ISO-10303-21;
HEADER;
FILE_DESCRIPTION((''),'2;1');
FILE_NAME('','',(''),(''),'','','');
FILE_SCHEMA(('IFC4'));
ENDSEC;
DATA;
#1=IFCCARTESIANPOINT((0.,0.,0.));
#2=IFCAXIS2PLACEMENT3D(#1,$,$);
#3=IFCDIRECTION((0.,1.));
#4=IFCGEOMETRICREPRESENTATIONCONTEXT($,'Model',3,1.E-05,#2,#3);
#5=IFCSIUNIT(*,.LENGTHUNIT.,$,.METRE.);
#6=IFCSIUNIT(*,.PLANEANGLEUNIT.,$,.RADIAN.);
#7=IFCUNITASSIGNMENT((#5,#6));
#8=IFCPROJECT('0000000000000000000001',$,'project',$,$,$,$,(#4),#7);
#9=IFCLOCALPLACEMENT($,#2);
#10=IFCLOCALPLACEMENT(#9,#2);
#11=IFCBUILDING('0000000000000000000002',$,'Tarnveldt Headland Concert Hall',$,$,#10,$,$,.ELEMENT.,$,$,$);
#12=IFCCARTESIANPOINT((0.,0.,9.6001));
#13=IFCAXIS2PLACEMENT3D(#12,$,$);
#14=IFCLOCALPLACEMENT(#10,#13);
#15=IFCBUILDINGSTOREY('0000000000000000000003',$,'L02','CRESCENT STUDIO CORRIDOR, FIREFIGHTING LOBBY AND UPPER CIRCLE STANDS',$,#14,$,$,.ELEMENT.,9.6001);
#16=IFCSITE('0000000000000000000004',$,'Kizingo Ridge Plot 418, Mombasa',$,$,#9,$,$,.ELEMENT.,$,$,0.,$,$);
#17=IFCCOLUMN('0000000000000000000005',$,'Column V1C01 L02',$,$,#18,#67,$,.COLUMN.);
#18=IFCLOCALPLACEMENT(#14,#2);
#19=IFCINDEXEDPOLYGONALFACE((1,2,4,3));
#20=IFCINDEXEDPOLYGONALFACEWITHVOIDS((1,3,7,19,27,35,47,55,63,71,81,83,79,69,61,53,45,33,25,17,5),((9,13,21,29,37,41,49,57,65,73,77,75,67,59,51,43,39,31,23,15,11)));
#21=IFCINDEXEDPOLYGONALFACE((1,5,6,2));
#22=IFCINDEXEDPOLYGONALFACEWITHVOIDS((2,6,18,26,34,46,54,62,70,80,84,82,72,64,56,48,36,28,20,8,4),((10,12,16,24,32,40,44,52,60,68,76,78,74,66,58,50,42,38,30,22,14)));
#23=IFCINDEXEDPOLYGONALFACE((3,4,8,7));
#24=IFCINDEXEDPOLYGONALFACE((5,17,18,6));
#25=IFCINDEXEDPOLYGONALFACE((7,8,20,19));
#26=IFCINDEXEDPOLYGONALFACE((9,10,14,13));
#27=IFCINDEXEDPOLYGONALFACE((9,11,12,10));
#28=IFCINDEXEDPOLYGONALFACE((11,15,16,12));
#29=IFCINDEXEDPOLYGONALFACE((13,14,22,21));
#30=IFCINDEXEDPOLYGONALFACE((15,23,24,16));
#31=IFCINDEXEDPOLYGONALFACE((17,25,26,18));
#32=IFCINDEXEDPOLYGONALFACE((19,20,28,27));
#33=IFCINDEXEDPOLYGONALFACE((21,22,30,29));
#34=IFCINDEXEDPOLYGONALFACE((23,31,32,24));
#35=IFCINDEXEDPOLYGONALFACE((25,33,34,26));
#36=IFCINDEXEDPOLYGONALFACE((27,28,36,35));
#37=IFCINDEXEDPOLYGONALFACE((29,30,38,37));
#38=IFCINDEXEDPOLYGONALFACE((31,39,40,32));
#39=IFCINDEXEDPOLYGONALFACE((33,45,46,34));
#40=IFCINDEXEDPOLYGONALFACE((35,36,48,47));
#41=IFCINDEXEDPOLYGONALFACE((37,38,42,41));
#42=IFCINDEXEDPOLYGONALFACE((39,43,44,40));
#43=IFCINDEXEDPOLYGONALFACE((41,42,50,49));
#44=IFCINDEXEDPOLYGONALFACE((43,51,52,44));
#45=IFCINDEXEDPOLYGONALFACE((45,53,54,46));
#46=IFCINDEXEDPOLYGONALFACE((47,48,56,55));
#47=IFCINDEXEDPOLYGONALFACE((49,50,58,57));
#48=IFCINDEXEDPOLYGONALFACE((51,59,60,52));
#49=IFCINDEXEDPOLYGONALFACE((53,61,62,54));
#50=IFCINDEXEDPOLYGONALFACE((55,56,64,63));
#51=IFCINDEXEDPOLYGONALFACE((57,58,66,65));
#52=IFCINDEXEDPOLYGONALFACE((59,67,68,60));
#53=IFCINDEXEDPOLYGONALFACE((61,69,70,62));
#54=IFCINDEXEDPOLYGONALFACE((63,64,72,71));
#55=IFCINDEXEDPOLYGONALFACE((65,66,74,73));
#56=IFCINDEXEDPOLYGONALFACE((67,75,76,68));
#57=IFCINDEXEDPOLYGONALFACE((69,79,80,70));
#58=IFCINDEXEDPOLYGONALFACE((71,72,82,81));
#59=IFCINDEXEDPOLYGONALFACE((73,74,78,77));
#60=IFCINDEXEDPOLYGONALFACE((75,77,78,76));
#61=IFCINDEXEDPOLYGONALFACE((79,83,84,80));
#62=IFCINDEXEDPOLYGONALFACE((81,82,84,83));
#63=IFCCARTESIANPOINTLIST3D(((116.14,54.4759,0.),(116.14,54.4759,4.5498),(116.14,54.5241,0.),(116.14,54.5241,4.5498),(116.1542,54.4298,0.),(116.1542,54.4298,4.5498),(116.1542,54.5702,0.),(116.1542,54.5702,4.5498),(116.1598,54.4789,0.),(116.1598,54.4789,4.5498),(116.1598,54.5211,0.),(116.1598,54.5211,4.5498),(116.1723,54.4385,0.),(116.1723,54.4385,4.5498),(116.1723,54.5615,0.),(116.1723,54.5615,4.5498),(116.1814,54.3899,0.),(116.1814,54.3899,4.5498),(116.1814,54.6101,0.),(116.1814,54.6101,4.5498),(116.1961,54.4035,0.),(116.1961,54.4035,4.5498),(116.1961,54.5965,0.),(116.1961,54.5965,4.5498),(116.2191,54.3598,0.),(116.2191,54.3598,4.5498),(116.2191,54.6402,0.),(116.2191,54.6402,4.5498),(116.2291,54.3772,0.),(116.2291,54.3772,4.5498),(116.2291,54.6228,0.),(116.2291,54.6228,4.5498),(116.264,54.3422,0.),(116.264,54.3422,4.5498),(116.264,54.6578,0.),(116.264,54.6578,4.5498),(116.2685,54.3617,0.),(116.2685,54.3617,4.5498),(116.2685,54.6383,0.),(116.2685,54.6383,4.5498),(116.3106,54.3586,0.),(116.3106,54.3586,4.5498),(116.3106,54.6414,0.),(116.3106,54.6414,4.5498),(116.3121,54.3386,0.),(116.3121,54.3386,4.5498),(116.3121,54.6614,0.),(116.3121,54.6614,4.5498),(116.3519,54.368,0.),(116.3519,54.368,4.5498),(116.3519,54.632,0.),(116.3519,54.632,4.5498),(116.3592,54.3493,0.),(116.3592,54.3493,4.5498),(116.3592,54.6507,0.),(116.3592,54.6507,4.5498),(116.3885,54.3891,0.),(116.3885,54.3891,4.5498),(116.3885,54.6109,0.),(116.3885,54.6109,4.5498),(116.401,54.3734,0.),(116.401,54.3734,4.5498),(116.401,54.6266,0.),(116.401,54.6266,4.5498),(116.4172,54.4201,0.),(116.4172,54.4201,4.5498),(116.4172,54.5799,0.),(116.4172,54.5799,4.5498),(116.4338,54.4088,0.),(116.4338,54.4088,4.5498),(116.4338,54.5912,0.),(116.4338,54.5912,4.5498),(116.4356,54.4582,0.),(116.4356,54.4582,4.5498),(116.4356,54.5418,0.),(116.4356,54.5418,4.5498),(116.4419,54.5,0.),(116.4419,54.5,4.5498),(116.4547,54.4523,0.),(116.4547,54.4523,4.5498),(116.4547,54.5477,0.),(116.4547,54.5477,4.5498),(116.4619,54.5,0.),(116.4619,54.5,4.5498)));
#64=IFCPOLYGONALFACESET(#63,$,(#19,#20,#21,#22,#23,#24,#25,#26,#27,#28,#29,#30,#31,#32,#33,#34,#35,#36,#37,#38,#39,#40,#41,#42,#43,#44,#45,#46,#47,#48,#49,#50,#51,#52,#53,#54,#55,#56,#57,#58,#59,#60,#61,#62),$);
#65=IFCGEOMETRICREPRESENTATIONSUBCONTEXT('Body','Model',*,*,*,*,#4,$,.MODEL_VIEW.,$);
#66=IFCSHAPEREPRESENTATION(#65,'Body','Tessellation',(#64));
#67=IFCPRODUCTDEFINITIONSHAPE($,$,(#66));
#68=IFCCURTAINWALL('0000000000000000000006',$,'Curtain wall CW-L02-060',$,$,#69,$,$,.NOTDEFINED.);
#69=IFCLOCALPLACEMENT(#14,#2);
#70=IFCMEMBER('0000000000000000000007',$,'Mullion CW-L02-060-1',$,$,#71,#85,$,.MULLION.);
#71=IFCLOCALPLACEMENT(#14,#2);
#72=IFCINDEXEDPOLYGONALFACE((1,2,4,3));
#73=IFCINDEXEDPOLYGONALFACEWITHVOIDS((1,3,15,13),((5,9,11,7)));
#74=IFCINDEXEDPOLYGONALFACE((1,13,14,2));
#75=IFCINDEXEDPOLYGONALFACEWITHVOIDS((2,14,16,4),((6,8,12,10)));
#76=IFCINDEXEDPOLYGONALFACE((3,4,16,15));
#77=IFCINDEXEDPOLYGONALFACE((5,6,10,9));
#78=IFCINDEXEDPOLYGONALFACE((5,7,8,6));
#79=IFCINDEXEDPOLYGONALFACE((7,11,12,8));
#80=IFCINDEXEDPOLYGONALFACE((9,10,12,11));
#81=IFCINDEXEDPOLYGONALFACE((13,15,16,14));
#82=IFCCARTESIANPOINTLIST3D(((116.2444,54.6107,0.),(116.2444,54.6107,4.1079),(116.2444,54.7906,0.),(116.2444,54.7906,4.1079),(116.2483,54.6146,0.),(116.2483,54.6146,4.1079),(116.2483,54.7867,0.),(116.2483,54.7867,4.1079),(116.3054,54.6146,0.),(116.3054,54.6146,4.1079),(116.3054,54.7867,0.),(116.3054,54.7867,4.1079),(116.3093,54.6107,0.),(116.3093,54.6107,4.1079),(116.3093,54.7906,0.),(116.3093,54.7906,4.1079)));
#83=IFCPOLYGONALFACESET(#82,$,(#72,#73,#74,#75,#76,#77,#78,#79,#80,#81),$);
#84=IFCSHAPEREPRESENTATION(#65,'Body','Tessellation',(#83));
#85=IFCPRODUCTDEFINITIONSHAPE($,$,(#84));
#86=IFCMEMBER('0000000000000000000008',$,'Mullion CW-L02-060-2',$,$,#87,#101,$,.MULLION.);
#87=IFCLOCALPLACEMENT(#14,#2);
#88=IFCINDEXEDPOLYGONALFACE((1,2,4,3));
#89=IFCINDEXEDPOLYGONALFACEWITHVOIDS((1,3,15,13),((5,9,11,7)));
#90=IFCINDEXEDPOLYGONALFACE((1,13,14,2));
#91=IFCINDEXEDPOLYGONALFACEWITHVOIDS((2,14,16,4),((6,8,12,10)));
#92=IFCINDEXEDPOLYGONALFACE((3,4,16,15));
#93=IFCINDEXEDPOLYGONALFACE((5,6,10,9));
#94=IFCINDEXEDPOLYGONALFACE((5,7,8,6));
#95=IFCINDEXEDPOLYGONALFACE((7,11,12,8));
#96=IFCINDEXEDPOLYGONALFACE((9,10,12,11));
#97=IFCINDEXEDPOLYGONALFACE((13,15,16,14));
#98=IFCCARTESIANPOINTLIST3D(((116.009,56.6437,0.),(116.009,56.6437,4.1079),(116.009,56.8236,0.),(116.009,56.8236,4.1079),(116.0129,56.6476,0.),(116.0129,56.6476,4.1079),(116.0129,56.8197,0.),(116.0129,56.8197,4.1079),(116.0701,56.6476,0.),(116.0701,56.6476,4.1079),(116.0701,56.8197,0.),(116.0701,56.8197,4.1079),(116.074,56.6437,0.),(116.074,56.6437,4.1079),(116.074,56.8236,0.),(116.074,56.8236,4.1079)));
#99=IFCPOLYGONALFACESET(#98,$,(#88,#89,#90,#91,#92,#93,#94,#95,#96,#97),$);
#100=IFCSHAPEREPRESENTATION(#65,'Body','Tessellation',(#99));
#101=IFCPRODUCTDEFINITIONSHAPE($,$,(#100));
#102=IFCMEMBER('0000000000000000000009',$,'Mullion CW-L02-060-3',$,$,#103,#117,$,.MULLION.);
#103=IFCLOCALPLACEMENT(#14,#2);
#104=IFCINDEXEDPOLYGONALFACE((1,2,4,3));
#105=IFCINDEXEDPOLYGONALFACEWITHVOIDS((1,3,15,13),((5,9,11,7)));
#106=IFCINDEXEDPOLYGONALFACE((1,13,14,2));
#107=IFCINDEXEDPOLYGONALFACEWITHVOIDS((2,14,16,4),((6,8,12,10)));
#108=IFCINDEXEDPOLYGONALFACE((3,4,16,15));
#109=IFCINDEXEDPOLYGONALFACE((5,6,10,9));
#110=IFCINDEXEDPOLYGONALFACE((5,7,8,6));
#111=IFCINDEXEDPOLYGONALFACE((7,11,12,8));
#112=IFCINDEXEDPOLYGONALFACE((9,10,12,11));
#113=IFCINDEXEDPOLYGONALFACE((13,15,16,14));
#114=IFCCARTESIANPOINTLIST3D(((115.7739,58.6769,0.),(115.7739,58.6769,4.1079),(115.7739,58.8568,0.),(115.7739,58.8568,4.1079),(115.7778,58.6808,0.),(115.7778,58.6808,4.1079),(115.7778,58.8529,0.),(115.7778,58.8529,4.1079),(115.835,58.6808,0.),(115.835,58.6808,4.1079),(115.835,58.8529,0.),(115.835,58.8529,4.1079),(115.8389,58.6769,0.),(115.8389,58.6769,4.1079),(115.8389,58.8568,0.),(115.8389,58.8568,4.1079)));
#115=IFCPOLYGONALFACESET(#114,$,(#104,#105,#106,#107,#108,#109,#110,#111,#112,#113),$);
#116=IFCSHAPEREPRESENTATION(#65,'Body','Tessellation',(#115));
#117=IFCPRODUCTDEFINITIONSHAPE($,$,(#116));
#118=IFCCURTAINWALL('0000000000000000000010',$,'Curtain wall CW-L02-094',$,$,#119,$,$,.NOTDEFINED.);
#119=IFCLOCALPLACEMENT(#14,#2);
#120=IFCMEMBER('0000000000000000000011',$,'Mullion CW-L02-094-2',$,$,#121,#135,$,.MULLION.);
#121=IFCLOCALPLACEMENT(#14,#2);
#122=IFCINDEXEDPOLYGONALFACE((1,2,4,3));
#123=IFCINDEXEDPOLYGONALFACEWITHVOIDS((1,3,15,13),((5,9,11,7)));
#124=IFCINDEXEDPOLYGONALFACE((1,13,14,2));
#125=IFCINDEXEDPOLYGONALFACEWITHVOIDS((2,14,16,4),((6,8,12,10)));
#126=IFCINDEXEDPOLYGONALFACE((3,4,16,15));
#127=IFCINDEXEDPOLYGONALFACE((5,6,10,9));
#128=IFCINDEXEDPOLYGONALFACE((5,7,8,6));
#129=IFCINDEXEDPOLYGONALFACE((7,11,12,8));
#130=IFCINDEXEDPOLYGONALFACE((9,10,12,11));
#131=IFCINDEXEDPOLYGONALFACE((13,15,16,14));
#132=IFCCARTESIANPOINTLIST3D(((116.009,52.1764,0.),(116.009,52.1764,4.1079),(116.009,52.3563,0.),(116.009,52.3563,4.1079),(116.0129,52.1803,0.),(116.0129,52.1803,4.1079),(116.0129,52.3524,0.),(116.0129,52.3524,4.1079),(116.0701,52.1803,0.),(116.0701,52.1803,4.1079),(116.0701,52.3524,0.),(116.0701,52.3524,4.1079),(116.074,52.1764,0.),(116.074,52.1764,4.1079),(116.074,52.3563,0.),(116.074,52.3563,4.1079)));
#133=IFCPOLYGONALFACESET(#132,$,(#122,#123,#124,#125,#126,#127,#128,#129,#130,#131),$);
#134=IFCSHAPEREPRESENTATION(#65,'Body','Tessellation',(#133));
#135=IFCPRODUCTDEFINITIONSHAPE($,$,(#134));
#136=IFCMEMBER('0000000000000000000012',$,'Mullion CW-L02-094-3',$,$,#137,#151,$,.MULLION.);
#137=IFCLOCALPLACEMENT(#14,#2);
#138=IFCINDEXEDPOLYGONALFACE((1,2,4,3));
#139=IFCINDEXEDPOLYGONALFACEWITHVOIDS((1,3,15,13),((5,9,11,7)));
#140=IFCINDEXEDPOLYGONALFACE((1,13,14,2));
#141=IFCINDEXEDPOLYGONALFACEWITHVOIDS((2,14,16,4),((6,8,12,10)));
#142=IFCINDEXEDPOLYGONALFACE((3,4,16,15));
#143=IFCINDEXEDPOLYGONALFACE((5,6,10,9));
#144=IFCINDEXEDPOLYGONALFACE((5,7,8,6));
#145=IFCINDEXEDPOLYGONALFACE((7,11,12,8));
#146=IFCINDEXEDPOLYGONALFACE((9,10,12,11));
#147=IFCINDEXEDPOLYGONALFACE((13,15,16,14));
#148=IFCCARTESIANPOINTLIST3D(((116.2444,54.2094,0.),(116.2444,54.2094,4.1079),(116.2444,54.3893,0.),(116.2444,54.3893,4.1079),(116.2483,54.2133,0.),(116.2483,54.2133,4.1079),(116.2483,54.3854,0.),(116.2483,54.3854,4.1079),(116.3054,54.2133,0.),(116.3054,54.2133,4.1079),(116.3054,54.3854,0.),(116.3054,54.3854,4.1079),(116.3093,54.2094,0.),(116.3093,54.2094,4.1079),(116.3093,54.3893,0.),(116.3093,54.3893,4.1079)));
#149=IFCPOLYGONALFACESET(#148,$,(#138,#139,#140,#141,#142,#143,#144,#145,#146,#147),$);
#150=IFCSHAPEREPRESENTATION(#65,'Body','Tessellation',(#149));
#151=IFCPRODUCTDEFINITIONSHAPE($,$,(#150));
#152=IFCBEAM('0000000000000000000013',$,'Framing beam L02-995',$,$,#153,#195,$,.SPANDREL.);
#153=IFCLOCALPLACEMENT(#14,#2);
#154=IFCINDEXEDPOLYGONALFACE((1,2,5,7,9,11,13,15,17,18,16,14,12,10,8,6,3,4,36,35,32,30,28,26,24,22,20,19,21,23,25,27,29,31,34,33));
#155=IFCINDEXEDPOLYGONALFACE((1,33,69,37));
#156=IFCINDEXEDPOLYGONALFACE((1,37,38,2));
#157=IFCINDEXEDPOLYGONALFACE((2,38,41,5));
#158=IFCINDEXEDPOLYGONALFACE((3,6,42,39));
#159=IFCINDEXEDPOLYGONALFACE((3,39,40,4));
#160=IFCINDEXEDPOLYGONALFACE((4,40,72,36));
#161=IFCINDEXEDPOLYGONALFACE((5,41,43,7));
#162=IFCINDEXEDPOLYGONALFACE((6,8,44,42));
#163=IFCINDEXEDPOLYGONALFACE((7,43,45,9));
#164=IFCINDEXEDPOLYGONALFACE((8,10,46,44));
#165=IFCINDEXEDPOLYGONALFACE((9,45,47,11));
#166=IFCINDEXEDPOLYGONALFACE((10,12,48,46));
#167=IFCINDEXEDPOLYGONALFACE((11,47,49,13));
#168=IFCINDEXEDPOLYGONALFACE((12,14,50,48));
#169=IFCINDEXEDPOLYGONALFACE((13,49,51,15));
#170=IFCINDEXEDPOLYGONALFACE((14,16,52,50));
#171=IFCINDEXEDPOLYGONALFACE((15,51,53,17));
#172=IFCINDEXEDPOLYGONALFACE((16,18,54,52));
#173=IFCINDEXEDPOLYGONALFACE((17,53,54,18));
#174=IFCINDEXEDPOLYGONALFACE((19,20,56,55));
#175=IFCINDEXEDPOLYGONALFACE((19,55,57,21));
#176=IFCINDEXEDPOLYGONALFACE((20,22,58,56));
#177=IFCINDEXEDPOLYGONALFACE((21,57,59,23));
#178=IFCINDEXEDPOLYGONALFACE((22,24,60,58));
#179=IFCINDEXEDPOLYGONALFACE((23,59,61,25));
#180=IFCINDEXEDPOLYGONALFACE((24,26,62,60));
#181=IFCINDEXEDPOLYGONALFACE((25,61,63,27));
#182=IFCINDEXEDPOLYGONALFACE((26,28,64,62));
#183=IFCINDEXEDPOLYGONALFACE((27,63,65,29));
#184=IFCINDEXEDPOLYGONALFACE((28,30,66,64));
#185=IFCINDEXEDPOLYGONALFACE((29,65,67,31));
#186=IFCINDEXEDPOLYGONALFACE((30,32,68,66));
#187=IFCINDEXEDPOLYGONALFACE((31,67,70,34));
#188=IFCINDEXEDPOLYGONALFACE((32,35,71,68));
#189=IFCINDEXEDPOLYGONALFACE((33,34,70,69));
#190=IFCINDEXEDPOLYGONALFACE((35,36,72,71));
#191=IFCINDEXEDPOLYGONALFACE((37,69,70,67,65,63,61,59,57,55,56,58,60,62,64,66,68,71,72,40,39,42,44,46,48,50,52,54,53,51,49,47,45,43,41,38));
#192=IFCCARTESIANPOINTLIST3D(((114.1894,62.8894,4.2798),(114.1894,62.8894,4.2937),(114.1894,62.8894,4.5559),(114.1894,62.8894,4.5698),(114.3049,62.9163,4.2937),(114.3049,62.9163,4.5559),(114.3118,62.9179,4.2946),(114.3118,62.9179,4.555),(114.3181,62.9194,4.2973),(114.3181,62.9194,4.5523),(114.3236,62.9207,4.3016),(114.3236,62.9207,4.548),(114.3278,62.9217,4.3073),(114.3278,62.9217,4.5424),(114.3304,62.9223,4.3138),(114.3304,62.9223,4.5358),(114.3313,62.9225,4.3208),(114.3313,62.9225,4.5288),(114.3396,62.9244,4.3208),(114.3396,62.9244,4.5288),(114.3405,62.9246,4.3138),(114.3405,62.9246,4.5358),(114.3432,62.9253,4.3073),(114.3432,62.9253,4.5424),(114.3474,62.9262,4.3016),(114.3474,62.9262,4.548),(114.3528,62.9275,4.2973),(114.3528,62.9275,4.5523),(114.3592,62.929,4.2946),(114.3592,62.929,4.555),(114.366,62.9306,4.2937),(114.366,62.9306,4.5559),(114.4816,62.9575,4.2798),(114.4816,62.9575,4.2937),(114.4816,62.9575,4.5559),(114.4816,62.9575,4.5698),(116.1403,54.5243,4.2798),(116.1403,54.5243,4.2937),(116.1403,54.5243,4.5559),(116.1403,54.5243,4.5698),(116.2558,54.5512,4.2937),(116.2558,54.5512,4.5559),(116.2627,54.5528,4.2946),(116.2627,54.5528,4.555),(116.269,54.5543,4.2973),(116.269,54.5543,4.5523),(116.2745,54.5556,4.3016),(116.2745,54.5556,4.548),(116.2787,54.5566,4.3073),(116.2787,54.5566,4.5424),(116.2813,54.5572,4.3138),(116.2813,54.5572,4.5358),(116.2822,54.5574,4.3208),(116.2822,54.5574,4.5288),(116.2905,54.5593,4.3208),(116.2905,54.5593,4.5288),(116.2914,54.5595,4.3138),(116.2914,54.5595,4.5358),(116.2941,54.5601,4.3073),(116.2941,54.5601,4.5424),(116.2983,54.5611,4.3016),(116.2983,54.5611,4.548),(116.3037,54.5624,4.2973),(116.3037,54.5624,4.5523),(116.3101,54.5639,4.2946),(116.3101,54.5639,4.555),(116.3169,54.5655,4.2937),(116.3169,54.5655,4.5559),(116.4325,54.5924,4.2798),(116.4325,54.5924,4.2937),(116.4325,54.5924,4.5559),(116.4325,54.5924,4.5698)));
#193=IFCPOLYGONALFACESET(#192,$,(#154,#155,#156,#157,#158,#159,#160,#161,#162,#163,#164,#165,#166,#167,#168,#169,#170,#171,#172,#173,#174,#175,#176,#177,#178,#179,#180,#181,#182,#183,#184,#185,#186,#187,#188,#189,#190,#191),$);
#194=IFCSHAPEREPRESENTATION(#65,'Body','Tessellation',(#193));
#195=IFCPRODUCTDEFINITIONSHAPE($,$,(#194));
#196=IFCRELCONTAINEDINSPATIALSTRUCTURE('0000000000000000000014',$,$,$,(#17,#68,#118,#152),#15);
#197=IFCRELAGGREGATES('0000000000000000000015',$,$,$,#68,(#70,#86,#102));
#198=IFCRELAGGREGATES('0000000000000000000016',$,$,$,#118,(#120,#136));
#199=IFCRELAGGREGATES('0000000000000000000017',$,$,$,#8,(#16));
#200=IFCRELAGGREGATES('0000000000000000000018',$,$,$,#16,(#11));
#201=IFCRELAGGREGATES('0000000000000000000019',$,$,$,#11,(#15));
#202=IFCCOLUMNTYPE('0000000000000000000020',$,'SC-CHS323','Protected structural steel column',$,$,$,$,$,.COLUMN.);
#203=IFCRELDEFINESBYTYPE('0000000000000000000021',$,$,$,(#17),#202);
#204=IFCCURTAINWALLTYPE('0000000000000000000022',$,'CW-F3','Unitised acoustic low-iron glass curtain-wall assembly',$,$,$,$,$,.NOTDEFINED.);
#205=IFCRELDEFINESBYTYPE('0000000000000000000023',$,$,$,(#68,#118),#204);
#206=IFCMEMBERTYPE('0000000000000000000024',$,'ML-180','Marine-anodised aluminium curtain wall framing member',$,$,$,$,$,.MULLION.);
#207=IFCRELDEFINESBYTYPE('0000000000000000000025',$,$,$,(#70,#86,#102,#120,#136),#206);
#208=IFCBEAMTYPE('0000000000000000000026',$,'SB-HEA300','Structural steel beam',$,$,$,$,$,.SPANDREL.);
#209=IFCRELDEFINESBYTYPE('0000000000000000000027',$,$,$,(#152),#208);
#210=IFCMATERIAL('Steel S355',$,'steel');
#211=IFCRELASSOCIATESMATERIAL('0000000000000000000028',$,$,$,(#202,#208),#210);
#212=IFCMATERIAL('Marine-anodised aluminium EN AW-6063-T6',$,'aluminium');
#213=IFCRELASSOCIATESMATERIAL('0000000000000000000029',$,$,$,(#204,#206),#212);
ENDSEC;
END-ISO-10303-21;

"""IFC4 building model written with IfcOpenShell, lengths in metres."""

from ifc_helpers import new_model, si_unit, direction, frame, origin, origin_2d, place, context, subcontext, project, spatial, hollow_rectangle, hollow_circle, i_section, extrude, material, material_profile, profile_set, type_object, element, aggregate, save


model = new_model("IFC4")

# Units and contexts
model_context = context("Model", 3, precision=1e-05, world=origin(), true_north=direction((0.0, 1.0)))
body_context = subcontext(model_context, "Body", "Model", "MODEL_VIEW")
ifc_project = project(units=[si_unit("LENGTHUNIT", "METRE"), si_unit("PLANEANGLEUNIT", "RADIAN")], contexts=[model_context])

# Site, building, storey
site_placement = place(None, origin())
site = spatial("IfcSite", under=ifc_project, at=site_placement, Name="Kizingo Ridge Plot 418, Mombasa", CompositionType="ELEMENT", RefElevation=0.0)
building_placement = place(site_placement, origin())
building = spatial("IfcBuilding", under=site, at=building_placement, Name="Tarnveldt Headland Concert Hall", CompositionType="ELEMENT")
storey_placement = place(building_placement, frame((0.0, 0.0, 9.6001)))
storey = spatial("IfcBuildingStorey", under=building, at=storey_placement, Name="L02", Description="CRESCENT STUDIO CORRIDOR, FIREFIGHTING LOBBY AND UPPER CIRCLE STANDS", CompositionType="ELEMENT", Elevation=9.6001)

# Column
ifc_material_1 = material(Name="Steel S355", Category="steel")
ifc_material_profile_1 = material_profile(ifc_material_1, hollow_circle(Radius=0.1619, WallThickness=0.02, at=origin_2d()), Name="CHS 323.9x20", Category="steel")
ifc_profile_set_1 = profile_set([ifc_material_profile_1], Name="Steel S355")
column_type = type_object("IfcColumnType", Name="SC-CHS323", Description="Protected structural steel column", PredefinedType="COLUMN", material=ifc_profile_set_1)
column_placement = place(storey_placement, frame((116.3, 54.5, 0.0), z_axis=(0.0, 0.0, 1.0), x_axis=(1.0, 0.0, 0.0)))
element("IfcColumn", 1, at=column_placement, inside=storey, type_object=column_type, Name="Column V1C01 L02", PredefinedType="COLUMN", context=body_context, shape_type="SweptSolid", body=[
    extrude(hollow_circle(Radius=0.1619, WallThickness=0.02, at=origin_2d()), origin(), (0.0, 0.0, 1.0), 4.5498),
])

# Curtain walls, members
ifc_material_2 = material(Name="Marine-anodised aluminium EN AW-6063-T6", Category="aluminium")
curtain_wall_type = type_object("IfcCurtainWallType", Name="CW-F3", Description="Unitised acoustic low-iron glass curtain-wall assembly", PredefinedType="NOTDEFINED", material=ifc_material_2)
curtain_wall_1_placement = place(storey_placement, origin())
curtain_wall_1 = element("IfcCurtainWall", 2, at=curtain_wall_1_placement, inside=storey, type_object=curtain_wall_type, Name="Curtain wall CW-L02-060", PredefinedType="NOTDEFINED")
ifc_material_profile_2 = material_profile(ifc_material_2, hollow_rectangle(XDim=0.0649, YDim=0.1799, WallThickness=0.0039, at=origin_2d()), Name="ALU MULLION 65x180x4", Category="aluminium")
ifc_profile_set_2 = profile_set([ifc_material_profile_2], Name="Marine-anodised aluminium EN AW-6063-T6")
member_type_1 = type_object("IfcMemberType", Name="ML-180", Description="Marine-anodised aluminium curtain wall framing member", PredefinedType="MULLION", material=ifc_profile_set_2)
member_1_placement = place(storey_placement, frame((116.2769, 54.7007, 0.0), z_axis=(0.0, 0.0, 1.0), x_axis=(1.0, 0.0, 0.0)))
member_1 = element("IfcMember", 3, at=member_1_placement, type_object=member_type_1, Name="Mullion CW-L02-060-1", PredefinedType="MULLION", context=body_context, shape_type="SweptSolid", body=[
    extrude(hollow_rectangle(XDim=0.0649, YDim=0.1799, WallThickness=0.0039, at=origin_2d()), origin(), (0.0, 0.0, 1.0), 4.1079),
])
member_2_placement = place(storey_placement, frame((116.0415, 56.7336, 0.0), z_axis=(0.0, 0.0, 1.0), x_axis=(1.0, 0.0, 0.0)))
member_2 = element("IfcMember", 4, at=member_2_placement, type_object=member_type_1, Name="Mullion CW-L02-060-2", PredefinedType="MULLION", context=body_context, shape_type="SweptSolid", body=[
    extrude(hollow_rectangle(XDim=0.0649, YDim=0.1799, WallThickness=0.0039, at=origin_2d()), origin(), (0.0, 0.0, 1.0), 4.1079),
])
member_3_placement = place(storey_placement, frame((115.8064, 58.7668, 0.0), z_axis=(0.0, 0.0, 1.0), x_axis=(1.0, 0.0, 0.0)))
member_3 = element("IfcMember", 5, at=member_3_placement, type_object=member_type_1, Name="Mullion CW-L02-060-3", PredefinedType="MULLION", context=body_context, shape_type="SweptSolid", body=[
    extrude(hollow_rectangle(XDim=0.0649, YDim=0.1799, WallThickness=0.0039, at=origin_2d()), origin(), (0.0, 0.0, 1.0), 4.1079),
])
curtain_wall_2_placement = place(storey_placement, origin())
curtain_wall_2 = element("IfcCurtainWall", 6, at=curtain_wall_2_placement, inside=storey, type_object=curtain_wall_type, Name="Curtain wall CW-L02-094", PredefinedType="NOTDEFINED")
member_4_placement = place(storey_placement, frame((116.0415, 52.2664, 0.0), z_axis=(0.0, 0.0, 1.0), x_axis=(1.0, 0.0, 0.0)))
member_4 = element("IfcMember", 7, at=member_4_placement, type_object=member_type_1, Name="Mullion CW-L02-094-2", PredefinedType="MULLION", context=body_context, shape_type="SweptSolid", body=[
    extrude(hollow_rectangle(XDim=0.0649, YDim=0.1799, WallThickness=0.0039, at=origin_2d()), origin(), (0.0, 0.0, 1.0), 4.1079),
])
member_5_placement = place(storey_placement, frame((116.2769, 54.2993, 0.0), z_axis=(0.0, 0.0, 1.0), x_axis=(1.0, 0.0, 0.0)))
member_5 = element("IfcMember", 8, at=member_5_placement, type_object=member_type_1, Name="Mullion CW-L02-094-3", PredefinedType="MULLION", context=body_context, shape_type="SweptSolid", body=[
    extrude(hollow_rectangle(XDim=0.0649, YDim=0.1799, WallThickness=0.0039, at=origin_2d()), origin(), (0.0, 0.0, 1.0), 4.1079),
])

# Beam
ifc_material_profile_3 = material_profile(ifc_material_1, i_section(OverallWidth=0.3, OverallDepth=0.29, WebThickness=0.0085, FlangeThickness=0.0139, FilletRadius=0.0271, at=origin_2d()), Name="HEA300", Category="steel")
ifc_profile_set_3 = profile_set([ifc_material_profile_3], Name="Steel S355")
beam_type = type_object("IfcBeamType", Name="SB-HEA300", Description="Structural steel beam", PredefinedType="SPANDREL", material=ifc_profile_set_3)
beam_placement = place(storey_placement, frame((116.2864, 54.5583, 4.4248), z_axis=(-0.227124, 0.973866, 0.0), x_axis=(-0.973866, -0.227124, 0.0)))
element("IfcBeam", 9, at=beam_placement, inside=storey, type_object=beam_type, Name="Framing beam L02-995", PredefinedType="SPANDREL", context=body_context, shape_type="SweptSolid", body=[
    extrude(i_section(OverallWidth=0.3, OverallDepth=0.29, WebThickness=0.0085, FlangeThickness=0.0139, FilletRadius=0.0271, at=origin_2d()), origin(), (0.0, 0.0, 1.0), 8.5896),
])

aggregate(curtain_wall_1, [member_1, member_2, member_3])
aggregate(curtain_wall_2, [member_4, member_5])

save(model, "model.ifc")
